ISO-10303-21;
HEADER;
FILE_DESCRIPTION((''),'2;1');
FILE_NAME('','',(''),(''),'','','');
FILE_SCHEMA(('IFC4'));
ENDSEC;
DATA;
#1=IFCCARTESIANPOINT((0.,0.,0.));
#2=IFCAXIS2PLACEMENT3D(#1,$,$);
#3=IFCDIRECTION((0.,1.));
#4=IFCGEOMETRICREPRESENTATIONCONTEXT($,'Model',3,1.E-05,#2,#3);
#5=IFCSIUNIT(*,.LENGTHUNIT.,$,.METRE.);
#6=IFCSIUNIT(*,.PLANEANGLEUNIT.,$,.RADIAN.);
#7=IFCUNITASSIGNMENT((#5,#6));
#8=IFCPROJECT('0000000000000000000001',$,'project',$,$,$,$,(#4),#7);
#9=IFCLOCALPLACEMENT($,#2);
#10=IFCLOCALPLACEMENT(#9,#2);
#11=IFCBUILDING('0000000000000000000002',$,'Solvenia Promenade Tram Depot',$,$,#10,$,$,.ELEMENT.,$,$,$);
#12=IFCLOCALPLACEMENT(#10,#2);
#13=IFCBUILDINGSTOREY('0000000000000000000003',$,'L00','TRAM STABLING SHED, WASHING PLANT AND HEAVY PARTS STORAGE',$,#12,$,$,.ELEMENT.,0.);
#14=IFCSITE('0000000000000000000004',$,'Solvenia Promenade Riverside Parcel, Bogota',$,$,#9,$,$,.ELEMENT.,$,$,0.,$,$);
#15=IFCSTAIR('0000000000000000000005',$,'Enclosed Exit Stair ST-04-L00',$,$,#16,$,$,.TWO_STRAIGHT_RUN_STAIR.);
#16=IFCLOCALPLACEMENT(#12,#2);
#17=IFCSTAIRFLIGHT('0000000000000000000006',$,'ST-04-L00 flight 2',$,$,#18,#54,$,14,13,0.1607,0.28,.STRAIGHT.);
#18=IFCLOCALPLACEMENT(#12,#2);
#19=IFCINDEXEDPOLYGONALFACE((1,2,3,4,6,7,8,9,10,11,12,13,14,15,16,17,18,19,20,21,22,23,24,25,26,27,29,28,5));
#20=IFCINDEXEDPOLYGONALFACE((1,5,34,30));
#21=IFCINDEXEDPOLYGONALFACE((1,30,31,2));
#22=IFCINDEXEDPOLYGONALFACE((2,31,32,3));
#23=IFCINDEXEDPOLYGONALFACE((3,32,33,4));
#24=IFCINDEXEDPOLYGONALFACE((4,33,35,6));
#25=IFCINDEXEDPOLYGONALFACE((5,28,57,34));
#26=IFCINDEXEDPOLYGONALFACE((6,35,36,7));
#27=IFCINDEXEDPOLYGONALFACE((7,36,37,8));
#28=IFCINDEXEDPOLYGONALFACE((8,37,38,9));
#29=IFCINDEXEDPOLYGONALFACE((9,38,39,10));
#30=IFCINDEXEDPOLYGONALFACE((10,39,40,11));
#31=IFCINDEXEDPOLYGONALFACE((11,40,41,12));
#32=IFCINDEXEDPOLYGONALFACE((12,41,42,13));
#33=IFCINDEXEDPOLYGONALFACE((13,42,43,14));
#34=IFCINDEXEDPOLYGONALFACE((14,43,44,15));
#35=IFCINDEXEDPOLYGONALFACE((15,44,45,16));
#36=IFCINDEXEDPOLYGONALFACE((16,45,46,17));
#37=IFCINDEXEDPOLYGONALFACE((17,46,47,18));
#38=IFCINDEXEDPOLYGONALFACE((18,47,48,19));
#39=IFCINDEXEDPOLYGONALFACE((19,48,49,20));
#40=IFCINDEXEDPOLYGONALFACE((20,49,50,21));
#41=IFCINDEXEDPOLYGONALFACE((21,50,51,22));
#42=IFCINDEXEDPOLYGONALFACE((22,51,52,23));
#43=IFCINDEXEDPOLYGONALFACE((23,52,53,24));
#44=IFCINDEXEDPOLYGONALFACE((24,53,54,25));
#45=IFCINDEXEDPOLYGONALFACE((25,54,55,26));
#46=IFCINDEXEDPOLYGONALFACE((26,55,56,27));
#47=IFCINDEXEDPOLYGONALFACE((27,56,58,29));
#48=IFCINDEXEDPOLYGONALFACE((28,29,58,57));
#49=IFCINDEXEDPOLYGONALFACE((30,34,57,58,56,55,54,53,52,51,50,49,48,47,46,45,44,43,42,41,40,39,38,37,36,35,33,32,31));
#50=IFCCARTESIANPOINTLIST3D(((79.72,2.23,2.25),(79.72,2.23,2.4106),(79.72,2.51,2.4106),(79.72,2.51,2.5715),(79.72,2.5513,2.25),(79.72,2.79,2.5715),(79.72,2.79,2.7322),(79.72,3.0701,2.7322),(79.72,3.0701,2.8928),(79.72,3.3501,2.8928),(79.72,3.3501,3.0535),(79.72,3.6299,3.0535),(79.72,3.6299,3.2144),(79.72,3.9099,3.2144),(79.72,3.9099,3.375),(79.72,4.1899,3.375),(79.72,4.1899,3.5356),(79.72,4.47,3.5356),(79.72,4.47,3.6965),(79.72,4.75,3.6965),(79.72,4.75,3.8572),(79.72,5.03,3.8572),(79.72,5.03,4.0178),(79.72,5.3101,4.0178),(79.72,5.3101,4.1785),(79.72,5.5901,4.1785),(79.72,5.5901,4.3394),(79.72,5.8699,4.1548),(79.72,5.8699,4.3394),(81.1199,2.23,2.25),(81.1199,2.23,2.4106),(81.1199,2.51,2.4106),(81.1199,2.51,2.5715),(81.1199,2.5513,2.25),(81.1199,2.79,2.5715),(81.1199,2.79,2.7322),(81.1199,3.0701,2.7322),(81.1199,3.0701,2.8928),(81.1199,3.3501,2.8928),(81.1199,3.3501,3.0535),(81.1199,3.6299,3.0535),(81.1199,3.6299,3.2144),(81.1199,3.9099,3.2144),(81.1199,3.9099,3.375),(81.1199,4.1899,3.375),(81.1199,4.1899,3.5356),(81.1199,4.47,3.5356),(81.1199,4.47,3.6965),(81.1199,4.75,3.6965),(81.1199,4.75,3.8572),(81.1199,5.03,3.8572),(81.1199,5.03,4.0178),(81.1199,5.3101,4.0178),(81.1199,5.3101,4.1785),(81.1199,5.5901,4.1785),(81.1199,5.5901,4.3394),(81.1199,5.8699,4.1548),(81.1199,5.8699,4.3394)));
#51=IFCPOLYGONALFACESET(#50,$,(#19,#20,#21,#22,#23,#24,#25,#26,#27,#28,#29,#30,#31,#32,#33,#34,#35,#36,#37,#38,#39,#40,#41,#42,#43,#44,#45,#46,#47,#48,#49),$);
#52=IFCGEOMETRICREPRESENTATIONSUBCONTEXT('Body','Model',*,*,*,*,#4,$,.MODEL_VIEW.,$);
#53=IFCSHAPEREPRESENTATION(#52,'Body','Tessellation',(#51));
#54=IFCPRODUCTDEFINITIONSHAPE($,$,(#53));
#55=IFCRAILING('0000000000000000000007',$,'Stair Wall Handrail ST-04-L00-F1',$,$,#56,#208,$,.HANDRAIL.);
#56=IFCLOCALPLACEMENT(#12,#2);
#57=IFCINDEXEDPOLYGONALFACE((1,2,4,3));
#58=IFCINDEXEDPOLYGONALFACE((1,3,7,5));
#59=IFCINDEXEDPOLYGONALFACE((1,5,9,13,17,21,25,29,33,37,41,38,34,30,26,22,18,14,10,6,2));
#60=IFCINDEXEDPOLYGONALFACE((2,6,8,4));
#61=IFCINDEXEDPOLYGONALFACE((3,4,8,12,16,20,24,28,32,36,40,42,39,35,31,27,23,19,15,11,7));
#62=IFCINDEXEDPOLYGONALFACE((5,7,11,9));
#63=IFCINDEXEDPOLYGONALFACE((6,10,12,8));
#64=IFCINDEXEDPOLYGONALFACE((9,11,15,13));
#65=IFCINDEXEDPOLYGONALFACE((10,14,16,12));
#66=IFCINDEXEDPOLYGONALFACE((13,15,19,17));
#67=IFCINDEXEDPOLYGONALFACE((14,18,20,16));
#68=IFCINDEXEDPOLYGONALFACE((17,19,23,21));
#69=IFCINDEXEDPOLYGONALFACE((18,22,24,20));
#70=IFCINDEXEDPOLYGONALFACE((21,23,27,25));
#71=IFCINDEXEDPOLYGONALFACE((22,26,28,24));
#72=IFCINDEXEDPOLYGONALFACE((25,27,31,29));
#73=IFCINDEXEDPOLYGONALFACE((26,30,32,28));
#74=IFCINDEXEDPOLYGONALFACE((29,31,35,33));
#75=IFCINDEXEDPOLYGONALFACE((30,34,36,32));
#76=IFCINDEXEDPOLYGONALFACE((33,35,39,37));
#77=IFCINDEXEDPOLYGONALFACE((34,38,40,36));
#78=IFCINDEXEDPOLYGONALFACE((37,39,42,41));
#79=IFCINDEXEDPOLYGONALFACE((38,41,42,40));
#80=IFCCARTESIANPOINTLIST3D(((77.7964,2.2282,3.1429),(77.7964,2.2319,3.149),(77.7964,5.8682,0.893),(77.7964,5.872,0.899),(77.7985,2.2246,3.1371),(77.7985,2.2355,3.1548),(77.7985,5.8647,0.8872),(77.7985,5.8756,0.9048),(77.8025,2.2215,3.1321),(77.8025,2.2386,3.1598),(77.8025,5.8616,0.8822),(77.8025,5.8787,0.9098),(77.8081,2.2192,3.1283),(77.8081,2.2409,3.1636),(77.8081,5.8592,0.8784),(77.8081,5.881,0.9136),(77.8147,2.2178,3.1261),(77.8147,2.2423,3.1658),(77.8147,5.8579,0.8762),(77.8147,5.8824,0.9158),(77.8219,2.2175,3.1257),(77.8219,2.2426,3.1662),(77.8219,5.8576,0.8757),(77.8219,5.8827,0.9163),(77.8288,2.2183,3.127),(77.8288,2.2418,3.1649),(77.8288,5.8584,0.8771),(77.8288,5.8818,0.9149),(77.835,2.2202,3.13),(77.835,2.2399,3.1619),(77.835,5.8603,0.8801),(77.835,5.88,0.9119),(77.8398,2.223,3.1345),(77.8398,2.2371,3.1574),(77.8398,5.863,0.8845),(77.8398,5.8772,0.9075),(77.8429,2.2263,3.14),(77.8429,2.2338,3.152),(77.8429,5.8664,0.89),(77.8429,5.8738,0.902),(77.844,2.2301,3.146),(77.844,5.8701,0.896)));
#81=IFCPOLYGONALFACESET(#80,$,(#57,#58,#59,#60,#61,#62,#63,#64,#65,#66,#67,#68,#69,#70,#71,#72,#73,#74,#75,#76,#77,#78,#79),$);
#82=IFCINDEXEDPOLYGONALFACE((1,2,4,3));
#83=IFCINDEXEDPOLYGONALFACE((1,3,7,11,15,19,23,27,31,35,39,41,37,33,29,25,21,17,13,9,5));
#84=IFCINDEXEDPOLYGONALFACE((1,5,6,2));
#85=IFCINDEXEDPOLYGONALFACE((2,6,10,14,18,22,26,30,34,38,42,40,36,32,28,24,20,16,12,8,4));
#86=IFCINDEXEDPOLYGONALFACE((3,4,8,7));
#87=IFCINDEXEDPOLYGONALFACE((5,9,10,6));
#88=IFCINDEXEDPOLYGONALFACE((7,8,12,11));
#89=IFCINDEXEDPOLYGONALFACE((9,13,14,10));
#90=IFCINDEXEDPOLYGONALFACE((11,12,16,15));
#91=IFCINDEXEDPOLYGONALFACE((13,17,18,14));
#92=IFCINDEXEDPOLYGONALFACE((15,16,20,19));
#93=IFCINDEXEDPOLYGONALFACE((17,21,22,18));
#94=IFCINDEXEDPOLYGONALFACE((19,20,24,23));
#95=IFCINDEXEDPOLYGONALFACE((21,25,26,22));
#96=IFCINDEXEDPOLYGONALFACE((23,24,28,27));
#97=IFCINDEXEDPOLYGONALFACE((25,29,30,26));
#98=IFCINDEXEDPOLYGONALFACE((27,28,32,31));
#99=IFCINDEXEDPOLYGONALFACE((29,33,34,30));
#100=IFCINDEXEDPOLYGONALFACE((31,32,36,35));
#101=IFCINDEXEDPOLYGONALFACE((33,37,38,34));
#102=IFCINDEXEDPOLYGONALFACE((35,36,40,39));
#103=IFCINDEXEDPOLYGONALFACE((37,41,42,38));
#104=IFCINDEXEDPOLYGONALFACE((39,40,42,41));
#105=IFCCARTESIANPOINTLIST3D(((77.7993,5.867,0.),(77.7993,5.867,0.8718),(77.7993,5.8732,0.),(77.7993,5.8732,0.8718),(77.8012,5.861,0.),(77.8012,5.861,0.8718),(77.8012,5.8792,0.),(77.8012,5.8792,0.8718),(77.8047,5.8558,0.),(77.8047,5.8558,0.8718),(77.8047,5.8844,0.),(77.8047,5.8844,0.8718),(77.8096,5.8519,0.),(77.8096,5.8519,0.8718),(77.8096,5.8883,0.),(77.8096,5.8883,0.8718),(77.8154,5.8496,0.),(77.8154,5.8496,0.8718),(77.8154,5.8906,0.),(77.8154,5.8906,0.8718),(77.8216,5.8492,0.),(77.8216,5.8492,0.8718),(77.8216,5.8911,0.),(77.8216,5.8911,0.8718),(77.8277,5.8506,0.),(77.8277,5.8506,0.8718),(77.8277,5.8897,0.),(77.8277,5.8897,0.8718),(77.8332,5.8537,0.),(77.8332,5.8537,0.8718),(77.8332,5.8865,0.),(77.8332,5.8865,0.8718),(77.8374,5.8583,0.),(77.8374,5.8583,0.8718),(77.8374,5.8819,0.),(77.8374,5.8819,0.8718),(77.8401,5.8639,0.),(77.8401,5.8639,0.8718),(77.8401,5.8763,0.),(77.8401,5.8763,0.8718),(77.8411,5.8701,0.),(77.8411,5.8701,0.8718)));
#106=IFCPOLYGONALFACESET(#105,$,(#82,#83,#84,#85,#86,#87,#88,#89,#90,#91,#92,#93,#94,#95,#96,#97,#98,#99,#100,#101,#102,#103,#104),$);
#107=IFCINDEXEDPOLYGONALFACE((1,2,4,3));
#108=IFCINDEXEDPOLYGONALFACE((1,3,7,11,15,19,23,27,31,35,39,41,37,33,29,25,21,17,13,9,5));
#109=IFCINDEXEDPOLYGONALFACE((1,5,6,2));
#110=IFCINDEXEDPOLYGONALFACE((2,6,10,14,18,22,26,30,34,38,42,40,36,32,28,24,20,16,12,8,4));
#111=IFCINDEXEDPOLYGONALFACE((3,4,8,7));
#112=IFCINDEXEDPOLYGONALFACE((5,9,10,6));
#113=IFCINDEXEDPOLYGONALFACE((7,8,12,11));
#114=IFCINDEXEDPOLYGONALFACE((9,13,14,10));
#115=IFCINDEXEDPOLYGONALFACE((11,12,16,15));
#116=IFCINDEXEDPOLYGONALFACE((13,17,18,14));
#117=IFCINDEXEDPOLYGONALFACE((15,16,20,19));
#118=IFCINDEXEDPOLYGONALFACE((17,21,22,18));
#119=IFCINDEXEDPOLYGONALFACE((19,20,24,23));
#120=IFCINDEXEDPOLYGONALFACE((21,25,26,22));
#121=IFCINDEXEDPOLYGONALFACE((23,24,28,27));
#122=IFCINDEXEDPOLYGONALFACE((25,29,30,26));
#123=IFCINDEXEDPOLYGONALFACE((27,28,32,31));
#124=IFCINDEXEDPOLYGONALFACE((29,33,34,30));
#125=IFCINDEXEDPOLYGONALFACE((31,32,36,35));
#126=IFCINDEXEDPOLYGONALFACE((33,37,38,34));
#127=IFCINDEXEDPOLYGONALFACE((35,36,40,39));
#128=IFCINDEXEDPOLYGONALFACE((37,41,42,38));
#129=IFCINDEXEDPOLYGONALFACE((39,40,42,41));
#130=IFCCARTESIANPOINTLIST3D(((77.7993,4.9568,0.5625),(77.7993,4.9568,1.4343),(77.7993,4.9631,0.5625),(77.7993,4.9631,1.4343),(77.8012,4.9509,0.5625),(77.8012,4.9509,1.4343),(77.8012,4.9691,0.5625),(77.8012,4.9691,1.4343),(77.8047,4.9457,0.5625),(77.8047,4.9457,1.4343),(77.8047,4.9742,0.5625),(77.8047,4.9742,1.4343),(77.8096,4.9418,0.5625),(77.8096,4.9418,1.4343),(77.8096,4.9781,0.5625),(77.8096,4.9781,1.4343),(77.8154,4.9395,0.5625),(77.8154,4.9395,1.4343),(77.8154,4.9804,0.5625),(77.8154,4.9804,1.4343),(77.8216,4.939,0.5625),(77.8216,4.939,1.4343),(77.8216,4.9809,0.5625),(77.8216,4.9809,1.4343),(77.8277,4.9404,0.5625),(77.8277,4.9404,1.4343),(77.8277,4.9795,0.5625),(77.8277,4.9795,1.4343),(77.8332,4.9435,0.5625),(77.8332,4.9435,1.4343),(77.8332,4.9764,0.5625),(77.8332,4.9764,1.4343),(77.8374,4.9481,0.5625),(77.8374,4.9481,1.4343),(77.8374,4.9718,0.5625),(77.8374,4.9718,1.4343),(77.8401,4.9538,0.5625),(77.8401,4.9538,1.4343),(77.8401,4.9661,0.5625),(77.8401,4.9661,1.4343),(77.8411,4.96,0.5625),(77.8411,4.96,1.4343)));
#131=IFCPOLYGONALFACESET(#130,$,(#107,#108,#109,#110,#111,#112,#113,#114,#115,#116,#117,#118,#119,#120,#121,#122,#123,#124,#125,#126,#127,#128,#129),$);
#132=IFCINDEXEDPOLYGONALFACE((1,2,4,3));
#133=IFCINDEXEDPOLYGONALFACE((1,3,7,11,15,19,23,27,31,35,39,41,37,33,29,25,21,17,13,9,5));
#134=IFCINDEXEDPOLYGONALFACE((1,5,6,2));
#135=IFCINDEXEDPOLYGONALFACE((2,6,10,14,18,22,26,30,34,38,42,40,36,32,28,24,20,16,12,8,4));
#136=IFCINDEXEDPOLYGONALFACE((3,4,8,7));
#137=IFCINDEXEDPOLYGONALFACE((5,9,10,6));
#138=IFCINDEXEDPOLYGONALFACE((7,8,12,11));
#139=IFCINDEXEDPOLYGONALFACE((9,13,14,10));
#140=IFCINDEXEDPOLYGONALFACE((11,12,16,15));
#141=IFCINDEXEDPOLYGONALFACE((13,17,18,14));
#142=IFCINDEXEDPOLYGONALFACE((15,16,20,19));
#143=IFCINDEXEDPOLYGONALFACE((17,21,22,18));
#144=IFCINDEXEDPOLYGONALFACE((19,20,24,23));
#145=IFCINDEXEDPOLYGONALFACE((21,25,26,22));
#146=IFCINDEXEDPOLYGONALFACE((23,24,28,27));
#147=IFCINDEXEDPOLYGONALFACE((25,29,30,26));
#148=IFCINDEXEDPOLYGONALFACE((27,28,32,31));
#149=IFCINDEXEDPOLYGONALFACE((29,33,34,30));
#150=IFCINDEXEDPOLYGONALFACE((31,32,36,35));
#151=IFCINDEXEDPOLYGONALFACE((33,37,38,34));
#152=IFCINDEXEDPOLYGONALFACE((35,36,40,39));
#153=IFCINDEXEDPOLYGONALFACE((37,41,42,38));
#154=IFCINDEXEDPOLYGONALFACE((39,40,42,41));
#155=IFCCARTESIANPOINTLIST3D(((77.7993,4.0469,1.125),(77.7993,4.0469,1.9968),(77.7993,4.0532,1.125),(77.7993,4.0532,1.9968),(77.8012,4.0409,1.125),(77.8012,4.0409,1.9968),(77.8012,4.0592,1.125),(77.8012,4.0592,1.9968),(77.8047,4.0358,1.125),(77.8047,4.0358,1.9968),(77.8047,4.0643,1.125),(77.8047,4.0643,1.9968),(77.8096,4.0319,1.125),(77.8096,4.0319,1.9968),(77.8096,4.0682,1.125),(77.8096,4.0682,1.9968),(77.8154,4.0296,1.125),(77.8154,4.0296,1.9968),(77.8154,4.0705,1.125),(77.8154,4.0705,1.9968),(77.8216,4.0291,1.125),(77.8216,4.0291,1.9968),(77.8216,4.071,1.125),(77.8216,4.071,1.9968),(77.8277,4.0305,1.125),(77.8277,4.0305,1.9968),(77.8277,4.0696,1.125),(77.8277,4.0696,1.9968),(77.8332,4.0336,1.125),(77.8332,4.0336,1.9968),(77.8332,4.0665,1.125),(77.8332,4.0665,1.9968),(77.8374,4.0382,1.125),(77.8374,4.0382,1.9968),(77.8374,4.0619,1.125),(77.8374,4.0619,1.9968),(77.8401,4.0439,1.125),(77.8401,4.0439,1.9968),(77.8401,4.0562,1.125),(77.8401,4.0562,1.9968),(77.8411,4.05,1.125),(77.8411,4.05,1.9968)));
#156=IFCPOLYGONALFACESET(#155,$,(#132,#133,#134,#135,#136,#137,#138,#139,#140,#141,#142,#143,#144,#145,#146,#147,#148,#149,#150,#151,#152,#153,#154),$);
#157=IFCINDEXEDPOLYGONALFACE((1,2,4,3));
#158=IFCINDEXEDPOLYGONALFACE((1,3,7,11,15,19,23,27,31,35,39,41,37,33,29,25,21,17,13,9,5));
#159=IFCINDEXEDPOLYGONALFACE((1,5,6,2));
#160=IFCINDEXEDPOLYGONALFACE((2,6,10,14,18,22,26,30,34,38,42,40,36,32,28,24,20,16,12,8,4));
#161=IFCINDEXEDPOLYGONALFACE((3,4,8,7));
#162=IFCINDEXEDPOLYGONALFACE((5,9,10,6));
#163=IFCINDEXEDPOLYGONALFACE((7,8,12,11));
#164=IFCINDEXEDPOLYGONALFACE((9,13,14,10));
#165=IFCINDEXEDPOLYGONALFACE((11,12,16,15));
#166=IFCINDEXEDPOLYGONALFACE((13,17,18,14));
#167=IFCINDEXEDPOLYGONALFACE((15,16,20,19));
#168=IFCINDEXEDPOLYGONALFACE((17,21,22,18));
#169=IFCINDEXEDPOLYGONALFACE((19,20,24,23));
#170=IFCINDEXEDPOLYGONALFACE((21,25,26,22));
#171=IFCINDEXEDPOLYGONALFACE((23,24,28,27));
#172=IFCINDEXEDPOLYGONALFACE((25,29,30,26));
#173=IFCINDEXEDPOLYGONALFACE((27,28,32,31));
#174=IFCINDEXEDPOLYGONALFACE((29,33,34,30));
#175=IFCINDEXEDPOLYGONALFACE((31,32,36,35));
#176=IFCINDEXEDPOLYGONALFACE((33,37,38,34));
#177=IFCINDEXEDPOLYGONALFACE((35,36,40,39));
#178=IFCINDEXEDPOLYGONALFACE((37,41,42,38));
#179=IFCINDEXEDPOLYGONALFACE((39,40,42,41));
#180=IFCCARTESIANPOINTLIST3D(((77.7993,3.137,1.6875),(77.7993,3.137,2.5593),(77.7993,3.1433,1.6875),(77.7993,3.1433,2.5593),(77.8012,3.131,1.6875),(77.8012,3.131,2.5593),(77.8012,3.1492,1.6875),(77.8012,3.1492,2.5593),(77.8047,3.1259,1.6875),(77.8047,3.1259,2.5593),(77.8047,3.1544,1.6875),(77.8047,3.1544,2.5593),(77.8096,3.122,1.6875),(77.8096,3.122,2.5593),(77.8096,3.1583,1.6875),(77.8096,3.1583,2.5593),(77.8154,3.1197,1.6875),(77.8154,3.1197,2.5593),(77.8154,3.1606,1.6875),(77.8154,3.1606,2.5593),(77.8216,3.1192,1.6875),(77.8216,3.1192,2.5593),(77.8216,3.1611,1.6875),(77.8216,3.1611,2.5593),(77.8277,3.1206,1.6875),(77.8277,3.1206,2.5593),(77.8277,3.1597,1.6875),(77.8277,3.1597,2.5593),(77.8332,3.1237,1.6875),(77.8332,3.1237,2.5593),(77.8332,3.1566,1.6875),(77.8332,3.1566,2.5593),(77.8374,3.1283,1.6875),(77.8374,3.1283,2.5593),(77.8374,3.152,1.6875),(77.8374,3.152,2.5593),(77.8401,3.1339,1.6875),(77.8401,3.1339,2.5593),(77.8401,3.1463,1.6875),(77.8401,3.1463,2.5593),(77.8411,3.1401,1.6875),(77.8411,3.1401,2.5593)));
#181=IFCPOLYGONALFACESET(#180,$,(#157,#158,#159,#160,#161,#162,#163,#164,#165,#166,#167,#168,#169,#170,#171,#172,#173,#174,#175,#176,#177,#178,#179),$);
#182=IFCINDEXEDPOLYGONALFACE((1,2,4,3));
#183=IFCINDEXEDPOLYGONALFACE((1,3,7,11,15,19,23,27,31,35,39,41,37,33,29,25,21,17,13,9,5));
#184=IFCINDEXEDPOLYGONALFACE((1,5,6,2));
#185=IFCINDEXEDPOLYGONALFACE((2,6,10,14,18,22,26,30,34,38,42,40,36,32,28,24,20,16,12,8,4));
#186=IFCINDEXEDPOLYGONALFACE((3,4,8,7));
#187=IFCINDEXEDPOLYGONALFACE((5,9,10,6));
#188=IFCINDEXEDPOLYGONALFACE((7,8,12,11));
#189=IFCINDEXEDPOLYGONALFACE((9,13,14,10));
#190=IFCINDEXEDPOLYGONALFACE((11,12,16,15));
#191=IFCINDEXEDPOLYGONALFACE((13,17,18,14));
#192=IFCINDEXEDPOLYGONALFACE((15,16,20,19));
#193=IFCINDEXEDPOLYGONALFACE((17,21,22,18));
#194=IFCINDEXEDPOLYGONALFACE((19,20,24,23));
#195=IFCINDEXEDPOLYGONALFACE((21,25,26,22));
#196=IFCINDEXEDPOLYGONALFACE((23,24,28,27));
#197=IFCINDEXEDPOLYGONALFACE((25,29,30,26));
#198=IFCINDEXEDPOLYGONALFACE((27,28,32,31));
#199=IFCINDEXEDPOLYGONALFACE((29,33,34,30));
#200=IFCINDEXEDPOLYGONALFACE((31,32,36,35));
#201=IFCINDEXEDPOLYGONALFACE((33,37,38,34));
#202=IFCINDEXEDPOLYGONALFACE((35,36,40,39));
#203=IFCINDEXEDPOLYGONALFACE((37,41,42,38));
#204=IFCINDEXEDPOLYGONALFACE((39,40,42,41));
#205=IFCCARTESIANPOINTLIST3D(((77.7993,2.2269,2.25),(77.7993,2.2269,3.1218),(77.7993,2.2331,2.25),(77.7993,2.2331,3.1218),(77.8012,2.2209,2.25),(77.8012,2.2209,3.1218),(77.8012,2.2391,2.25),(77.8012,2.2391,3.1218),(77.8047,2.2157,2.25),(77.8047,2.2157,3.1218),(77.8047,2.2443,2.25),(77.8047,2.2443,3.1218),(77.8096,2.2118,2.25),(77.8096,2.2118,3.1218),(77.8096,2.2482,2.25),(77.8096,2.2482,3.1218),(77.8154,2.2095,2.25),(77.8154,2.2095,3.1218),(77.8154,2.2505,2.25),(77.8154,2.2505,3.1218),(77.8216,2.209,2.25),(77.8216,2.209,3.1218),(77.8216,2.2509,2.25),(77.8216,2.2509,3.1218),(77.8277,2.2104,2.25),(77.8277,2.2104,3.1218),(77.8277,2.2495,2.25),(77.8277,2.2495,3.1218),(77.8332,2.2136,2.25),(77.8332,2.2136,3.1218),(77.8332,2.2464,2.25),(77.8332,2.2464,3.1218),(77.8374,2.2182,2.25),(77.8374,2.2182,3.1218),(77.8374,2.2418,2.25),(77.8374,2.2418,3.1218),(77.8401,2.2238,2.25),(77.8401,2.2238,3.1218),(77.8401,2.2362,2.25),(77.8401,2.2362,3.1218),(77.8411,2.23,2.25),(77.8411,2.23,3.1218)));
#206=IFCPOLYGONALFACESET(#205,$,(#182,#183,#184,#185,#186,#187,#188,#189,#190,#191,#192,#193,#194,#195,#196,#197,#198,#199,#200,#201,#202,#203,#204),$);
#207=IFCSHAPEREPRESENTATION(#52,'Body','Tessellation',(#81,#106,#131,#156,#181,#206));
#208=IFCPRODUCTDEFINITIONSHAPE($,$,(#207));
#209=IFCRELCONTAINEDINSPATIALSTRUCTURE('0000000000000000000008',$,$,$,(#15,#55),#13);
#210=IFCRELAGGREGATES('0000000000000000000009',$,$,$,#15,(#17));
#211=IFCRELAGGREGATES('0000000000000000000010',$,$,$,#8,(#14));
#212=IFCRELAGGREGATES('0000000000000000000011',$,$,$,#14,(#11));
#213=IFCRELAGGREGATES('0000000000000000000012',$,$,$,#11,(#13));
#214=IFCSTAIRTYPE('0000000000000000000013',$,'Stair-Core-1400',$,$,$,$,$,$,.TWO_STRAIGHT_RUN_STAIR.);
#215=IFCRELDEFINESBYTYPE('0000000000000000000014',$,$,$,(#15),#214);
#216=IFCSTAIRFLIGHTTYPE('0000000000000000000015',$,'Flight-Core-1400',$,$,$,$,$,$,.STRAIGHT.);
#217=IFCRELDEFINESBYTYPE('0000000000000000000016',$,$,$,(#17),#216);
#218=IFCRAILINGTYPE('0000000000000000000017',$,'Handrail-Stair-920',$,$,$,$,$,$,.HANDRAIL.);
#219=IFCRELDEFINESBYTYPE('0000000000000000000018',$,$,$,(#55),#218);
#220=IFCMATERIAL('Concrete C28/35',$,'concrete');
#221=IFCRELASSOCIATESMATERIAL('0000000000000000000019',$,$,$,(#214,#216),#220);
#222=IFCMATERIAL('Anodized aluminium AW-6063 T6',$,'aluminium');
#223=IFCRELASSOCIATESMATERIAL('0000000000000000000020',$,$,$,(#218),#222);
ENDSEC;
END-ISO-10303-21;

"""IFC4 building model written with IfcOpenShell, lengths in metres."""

from ifc_helpers import new_model, si_unit, direction, frame, origin, origin_2d, place, context, subcontext, project, spatial, polyline, circle, outline, extrude, material, type_object, element, aggregate, save


model = new_model("IFC4")

# Units and contexts
model_context = context("Model", 3, precision=1e-05, world=origin(), true_north=direction((0.0, 1.0)))
body_context = subcontext(model_context, "Body", "Model", "MODEL_VIEW")
ifc_project = project(units=[si_unit("LENGTHUNIT", "METRE"), si_unit("PLANEANGLEUNIT", "RADIAN")], contexts=[model_context])

# Site, building, storey
site_placement = place(None, origin())
site = spatial("IfcSite", under=ifc_project, at=site_placement, Name="Solvenia Promenade Riverside Parcel, Bogota", CompositionType="ELEMENT", RefElevation=0.0)
building_placement = place(site_placement, origin())
building = spatial("IfcBuilding", under=site, at=building_placement, Name="Solvenia Promenade Tram Depot", CompositionType="ELEMENT")
storey_placement = place(building_placement, origin())
storey = spatial("IfcBuildingStorey", under=building, at=storey_placement, Name="L00", Description="TRAM STABLING SHED, WASHING PLANT AND HEAVY PARTS STORAGE", CompositionType="ELEMENT", Elevation=0.0)

# Shared definitions
ifc_material_1 = material(Name="Concrete C28/35", Category="concrete")

# Shared definitions
ifc_material_2 = material(Name="Anodized aluminium AW-6063 T6", Category="aluminium")

# Stair, stair flight
stair_type = type_object("IfcStairType", Name="Stair-Core-1400", PredefinedType="TWO_STRAIGHT_RUN_STAIR", material=ifc_material_1)
stair_placement = place(storey_placement, origin())
stair = element("IfcStair", 1, at=stair_placement, inside=storey, type_object=stair_type, Name="Enclosed Exit Stair ST-04-L00", PredefinedType="TWO_STRAIGHT_RUN_STAIR")
stair_flight_type = type_object("IfcStairFlightType", Name="Flight-Core-1400", PredefinedType="STRAIGHT", material=ifc_material_1)
stair_flight_1_placement = place(storey_placement, frame((80.4199, 2.23, 2.25), z_axis=(0.0, 0.0, 1.0), x_axis=(0.0, 1.0, 0.0)))
stair_flight_1 = element("IfcStairFlight", 2, at=stair_flight_1_placement, type_object=stair_flight_type, Name="ST-04-L00 flight 2", NumberOfRisers=14, NumberOfTreads=13, PredefinedType="STRAIGHT", RiserHeight=0.1607, TreadLength=0.28, context=body_context, shape_type="SweptSolid", body=[
    extrude(outline(polyline([(0.0, 0.0), (0.0, 0.1606), (0.28, 0.1606), (0.28, 0.3215), (0.5601, 0.3215), (0.5601, 0.4822), (0.8401, 0.4822), (0.8401, 0.6428), (1.1201, 0.6428), (1.1201, 0.8035), (1.3999, 0.8035), (1.3999, 0.9644), (1.6799, 0.9644), (1.6799, 1.125), (1.96, 1.125), (1.96, 1.2856), (2.24, 1.2856), (2.24, 1.4465), (2.52, 1.4465), (2.52, 1.6072), (2.8, 1.6072), (2.8, 1.7678), (3.0801, 1.7678), (3.0801, 1.9285), (3.3601, 1.9285), (3.3601, 2.0894), (3.6399, 2.0894), (3.6399, 2.25), (3.6399, 1.9048), (0.3213, 0.0), (0.0, 0.0)])), frame((0.0, 0.7, 0.0), z_axis=(0.0, -1.0, 0.0), x_axis=(1.0, 0.0, 0.0)), (0.0, 0.0, 1.0), 1.3999),
])
aggregate(stair, [stair_flight_1])

# Railing
railing_type_1 = type_object("IfcRailingType", Name="Handrail-Stair-920", PredefinedType="HANDRAIL", material=ifc_material_2)
railing_1_placement = place(storey_placement, frame((77.8201, 5.8701, 0.0)))
element("IfcRailing", 3, at=railing_1_placement, inside=storey, type_object=railing_type_1, Name="Stair Wall Handrail ST-04-L00-F1", PredefinedType="HANDRAIL", context=body_context, shape_type="SweptSolid", body=[
    extrude(circle(Radius=0.0239, at=origin_2d()), frame((0.0, 0.0, 0.896), z_axis=(0.0, -0.850622, 0.525777), x_axis=(1.0, 0.0, 0.0)), (0.0, 0.0, 1.0), 4.2793),
    extrude(circle(Radius=0.021, at=origin_2d()), origin(), (0.0, 0.0, 1.0), 0.8718),
    extrude(circle(Radius=0.021, at=origin_2d()), frame((0.0, -0.9102, 0.5625)), (0.0, 0.0, 1.0), 0.8718),
    extrude(circle(Radius=0.021, at=origin_2d()), frame((0.0, -1.8201, 1.125)), (0.0, 0.0, 1.0), 0.8718),
    extrude(circle(Radius=0.021, at=origin_2d()), frame((0.0, -2.73, 1.6875)), (0.0, 0.0, 1.0), 0.8718),
    extrude(circle(Radius=0.021, at=origin_2d()), frame((0.0, -3.6401, 2.25)), (0.0, 0.0, 1.0), 0.8718),
])

save(model, "model.ifc")
